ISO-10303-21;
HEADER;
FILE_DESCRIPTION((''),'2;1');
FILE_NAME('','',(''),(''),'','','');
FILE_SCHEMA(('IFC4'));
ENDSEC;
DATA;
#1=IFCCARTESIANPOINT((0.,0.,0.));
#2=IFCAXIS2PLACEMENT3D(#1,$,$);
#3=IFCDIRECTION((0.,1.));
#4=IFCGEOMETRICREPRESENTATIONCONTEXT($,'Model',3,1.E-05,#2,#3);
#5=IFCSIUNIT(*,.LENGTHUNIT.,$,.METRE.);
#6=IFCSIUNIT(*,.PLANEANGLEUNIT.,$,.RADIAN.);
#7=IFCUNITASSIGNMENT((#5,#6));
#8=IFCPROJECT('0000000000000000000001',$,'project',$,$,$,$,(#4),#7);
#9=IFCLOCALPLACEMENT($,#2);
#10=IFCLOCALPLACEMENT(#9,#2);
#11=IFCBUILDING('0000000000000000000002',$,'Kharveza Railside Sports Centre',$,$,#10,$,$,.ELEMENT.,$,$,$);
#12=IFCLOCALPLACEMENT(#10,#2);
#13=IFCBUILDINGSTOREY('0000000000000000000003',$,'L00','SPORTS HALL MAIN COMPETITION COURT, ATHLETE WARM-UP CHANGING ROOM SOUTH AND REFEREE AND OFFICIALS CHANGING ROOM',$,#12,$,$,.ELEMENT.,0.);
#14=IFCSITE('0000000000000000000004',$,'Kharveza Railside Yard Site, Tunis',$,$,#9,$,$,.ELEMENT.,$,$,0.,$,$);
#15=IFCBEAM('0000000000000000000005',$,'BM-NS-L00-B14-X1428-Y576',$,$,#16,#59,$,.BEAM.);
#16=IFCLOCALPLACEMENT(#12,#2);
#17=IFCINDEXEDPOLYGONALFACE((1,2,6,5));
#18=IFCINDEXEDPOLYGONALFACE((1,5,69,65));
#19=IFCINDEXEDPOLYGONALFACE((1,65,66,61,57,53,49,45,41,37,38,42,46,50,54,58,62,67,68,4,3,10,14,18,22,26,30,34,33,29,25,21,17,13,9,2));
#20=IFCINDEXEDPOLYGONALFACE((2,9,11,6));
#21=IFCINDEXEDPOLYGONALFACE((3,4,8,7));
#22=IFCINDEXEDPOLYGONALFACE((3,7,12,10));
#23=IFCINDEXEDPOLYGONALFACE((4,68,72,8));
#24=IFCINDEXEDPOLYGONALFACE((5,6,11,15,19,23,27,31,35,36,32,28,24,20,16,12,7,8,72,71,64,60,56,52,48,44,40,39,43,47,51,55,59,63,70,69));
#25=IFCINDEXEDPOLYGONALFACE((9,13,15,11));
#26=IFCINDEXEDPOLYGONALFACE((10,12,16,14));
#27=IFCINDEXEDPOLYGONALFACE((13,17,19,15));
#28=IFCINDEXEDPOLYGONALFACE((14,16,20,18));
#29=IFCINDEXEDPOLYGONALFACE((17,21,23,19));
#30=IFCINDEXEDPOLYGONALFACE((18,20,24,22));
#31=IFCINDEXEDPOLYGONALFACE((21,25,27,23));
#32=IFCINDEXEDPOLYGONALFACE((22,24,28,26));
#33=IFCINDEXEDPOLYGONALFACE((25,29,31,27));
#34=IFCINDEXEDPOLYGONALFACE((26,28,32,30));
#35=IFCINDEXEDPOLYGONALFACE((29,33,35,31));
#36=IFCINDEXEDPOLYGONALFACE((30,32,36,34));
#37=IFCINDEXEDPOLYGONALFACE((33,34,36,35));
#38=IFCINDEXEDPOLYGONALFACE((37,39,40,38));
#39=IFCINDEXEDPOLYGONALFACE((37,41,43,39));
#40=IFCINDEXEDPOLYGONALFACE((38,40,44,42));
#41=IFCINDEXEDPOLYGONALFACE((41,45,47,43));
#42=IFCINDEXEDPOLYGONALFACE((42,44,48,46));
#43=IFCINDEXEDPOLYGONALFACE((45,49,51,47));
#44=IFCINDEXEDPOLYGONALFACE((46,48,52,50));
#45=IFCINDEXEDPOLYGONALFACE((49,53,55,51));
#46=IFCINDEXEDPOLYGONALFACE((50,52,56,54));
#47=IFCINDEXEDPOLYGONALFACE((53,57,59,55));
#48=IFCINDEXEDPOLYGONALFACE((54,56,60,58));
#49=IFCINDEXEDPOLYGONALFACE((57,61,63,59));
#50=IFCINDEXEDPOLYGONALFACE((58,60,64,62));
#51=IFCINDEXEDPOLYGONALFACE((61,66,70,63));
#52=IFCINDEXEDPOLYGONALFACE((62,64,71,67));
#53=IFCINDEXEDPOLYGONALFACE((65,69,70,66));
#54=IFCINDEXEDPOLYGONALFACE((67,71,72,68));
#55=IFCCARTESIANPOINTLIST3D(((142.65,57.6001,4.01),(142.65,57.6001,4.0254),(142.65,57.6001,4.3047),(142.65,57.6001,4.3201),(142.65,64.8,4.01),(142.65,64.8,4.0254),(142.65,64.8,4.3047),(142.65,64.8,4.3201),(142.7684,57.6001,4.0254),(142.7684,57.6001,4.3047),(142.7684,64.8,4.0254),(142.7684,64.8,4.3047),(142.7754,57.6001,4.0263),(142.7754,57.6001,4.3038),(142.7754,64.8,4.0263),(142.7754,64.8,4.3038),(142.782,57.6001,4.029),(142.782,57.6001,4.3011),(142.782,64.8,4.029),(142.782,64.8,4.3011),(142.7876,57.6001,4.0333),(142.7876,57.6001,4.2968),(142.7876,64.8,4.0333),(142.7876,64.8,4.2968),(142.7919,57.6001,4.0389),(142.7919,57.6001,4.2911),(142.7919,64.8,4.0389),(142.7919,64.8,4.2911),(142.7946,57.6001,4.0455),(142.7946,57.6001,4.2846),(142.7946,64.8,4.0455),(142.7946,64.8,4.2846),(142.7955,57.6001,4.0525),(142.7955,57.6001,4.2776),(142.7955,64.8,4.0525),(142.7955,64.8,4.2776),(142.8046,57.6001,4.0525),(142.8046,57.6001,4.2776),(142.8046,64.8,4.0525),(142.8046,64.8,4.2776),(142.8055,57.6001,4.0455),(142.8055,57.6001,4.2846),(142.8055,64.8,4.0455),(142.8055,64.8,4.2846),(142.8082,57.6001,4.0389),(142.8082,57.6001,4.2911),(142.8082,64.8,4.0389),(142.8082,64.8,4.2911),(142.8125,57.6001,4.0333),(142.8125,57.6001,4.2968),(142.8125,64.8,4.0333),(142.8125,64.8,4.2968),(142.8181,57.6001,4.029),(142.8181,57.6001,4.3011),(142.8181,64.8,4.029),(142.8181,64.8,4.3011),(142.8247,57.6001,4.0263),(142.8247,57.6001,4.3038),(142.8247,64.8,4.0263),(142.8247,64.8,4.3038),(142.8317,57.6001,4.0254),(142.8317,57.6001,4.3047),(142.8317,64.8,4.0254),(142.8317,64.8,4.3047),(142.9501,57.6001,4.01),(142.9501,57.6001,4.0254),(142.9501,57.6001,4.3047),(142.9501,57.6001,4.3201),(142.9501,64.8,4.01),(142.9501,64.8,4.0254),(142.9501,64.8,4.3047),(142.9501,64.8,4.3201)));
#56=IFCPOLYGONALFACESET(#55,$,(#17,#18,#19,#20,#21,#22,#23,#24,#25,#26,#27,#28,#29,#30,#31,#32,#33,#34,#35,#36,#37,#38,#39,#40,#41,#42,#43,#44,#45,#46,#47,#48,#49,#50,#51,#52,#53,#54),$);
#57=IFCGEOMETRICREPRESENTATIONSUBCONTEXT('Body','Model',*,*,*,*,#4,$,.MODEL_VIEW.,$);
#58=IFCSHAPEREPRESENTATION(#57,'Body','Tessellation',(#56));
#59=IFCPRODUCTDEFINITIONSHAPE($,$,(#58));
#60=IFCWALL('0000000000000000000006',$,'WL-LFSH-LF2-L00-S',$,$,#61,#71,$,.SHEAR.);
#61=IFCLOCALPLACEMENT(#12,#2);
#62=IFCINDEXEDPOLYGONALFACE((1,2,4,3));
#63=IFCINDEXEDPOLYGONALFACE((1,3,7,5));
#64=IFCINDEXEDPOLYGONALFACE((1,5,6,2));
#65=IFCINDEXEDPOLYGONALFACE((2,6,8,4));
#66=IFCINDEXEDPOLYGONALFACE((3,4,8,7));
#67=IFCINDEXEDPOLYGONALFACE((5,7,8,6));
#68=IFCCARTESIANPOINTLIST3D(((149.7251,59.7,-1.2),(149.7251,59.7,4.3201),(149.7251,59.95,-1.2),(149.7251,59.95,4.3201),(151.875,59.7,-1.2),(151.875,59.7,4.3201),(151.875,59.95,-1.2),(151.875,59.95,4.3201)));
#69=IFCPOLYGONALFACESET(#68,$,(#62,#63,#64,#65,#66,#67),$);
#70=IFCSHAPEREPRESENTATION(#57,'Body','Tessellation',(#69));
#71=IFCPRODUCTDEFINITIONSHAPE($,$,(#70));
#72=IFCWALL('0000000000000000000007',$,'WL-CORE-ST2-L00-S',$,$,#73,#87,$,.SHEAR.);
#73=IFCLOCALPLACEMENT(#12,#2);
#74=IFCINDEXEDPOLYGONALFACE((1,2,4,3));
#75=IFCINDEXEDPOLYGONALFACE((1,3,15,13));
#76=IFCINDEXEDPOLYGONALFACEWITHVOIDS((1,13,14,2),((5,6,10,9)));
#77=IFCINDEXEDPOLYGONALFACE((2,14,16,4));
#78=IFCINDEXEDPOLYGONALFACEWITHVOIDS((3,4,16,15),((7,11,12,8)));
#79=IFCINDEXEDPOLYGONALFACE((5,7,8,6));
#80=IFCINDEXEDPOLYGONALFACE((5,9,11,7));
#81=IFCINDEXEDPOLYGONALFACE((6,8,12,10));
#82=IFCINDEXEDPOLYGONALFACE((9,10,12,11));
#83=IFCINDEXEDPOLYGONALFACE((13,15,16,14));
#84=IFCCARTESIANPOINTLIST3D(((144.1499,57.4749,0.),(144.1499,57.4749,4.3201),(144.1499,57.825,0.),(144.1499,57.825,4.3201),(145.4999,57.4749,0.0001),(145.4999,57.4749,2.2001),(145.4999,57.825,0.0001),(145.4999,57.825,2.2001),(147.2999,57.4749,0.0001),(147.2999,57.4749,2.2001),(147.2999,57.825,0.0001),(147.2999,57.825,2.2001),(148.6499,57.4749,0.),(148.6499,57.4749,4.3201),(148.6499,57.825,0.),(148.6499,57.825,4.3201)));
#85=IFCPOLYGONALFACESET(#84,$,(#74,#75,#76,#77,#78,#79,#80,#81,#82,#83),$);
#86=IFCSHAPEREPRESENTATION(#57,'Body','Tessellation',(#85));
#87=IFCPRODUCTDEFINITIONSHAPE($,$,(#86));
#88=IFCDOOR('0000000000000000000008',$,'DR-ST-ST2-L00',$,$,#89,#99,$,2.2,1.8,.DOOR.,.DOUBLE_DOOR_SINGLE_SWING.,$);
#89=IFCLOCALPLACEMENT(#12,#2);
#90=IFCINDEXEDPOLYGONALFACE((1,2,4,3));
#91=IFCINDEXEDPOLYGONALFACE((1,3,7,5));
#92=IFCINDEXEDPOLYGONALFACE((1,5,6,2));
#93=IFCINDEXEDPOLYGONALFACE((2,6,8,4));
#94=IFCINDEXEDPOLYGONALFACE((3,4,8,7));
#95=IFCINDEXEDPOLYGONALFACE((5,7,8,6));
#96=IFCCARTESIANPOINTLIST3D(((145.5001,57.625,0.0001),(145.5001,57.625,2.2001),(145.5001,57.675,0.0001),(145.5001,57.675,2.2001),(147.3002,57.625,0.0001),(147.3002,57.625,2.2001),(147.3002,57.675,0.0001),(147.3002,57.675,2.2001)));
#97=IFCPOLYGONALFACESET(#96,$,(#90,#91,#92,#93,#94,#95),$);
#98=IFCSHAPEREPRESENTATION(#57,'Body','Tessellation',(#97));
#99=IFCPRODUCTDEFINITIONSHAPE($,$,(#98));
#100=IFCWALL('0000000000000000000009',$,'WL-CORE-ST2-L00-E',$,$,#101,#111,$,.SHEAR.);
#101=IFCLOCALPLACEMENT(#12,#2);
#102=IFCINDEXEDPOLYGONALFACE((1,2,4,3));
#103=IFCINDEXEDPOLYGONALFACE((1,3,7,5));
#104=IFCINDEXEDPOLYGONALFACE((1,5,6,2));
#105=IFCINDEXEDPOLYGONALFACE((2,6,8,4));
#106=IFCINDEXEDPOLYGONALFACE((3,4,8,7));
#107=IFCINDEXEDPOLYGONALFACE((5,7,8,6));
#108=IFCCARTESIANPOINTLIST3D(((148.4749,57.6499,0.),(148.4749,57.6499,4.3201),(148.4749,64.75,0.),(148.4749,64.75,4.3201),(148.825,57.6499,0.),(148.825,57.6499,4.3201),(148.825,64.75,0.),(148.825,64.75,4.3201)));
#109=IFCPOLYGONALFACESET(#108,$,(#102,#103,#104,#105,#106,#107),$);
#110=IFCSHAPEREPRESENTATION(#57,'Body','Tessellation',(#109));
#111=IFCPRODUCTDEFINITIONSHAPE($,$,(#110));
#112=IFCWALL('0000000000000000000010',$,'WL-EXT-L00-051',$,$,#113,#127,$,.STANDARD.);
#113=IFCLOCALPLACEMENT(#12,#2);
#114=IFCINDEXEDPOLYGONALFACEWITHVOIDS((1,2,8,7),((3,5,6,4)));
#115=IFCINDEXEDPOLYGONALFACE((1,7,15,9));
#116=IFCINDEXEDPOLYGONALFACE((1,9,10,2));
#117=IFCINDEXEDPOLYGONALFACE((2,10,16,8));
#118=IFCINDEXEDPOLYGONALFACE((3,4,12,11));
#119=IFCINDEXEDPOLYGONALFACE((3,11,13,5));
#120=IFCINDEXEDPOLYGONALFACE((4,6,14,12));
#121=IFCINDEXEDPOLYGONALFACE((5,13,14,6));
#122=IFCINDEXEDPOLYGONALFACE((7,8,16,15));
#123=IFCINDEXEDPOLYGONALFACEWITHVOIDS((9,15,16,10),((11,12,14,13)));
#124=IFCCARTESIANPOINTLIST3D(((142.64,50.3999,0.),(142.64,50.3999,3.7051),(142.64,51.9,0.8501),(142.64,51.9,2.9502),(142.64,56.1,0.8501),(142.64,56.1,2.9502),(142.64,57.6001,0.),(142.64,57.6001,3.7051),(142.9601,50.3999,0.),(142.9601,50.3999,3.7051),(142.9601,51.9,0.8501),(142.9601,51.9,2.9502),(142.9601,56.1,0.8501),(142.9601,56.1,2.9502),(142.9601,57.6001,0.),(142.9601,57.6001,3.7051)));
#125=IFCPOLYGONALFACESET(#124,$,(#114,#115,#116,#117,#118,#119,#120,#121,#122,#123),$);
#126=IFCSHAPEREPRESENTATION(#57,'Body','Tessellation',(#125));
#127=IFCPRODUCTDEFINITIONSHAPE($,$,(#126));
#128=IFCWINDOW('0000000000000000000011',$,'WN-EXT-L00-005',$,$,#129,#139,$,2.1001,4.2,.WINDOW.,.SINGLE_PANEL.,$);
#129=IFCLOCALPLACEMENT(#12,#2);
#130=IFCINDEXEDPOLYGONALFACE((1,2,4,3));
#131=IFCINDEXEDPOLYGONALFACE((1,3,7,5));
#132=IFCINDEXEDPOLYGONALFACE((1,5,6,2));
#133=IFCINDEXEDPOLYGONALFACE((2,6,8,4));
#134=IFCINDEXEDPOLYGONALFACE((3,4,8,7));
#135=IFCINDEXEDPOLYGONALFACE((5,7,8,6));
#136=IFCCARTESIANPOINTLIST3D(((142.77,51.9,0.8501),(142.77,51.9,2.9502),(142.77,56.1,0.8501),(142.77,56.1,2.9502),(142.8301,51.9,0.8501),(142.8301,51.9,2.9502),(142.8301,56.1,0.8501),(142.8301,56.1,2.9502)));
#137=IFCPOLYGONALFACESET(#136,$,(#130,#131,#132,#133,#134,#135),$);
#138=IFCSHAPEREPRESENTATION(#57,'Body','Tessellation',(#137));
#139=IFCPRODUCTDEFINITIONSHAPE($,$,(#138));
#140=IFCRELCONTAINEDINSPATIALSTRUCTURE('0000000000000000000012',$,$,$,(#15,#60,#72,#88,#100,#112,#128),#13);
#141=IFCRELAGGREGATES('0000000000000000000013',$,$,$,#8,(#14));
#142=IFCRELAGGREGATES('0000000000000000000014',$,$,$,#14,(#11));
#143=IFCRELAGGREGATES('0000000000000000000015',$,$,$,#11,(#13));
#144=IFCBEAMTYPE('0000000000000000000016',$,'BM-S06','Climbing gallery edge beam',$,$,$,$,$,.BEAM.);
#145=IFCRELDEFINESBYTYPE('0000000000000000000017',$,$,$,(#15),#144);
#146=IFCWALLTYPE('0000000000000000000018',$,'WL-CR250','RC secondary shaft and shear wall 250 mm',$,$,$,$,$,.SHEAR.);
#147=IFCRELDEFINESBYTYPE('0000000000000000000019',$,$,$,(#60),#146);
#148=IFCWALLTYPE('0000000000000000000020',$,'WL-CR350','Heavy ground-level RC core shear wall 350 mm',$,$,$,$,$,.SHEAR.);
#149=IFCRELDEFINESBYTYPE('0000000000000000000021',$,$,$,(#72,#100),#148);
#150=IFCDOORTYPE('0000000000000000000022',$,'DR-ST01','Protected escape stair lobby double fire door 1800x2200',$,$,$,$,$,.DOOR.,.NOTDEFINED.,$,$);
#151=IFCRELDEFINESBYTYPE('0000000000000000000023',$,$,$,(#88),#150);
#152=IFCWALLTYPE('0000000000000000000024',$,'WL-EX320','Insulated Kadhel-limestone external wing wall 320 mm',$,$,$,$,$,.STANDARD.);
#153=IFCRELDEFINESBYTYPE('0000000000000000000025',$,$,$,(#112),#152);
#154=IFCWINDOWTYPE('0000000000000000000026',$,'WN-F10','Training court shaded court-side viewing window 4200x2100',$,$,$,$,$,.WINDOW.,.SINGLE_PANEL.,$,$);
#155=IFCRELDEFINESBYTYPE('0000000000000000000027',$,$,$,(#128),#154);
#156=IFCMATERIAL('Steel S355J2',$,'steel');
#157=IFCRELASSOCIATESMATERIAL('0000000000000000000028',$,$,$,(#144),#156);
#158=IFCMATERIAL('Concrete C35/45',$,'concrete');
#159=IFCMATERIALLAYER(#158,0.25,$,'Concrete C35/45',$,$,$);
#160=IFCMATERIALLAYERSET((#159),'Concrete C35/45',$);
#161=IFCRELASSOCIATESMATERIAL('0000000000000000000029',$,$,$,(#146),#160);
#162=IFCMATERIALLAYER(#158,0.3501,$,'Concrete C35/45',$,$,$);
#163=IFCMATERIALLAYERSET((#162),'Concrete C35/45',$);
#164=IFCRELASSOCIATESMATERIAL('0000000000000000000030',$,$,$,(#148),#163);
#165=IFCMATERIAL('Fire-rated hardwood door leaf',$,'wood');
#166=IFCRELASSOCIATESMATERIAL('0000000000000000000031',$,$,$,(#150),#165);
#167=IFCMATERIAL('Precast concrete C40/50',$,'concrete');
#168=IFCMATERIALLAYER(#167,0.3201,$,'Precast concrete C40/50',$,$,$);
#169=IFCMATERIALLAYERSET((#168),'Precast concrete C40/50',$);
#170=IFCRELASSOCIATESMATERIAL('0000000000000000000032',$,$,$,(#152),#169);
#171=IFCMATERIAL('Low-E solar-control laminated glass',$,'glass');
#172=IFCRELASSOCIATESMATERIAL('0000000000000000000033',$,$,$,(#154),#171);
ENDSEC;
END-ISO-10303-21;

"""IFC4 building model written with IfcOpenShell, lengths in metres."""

from ifc_helpers import new_model, si_unit, direction, frame, frame_2d, origin, origin_2d, place, context, subcontext, project, spatial, rectangle, i_section, extrude, material, layer, layer_set, material_profile, profile_set, type_object, element, fill, save


model = new_model("IFC4")

# Units and contexts
model_context = context("Model", 3, precision=1e-05, world=origin(), true_north=direction((0.0, 1.0)))
body_context = subcontext(model_context, "Body", "Model", "MODEL_VIEW")
ifc_project = project(units=[si_unit("LENGTHUNIT", "METRE"), si_unit("PLANEANGLEUNIT", "RADIAN")], contexts=[model_context])

# Site, building, storey
site_placement = place(None, origin())
site = spatial("IfcSite", under=ifc_project, at=site_placement, Name="Kharveza Railside Yard Site, Tunis", CompositionType="ELEMENT", RefElevation=0.0)
building_placement = place(site_placement, origin())
building = spatial("IfcBuilding", under=site, at=building_placement, Name="Kharveza Railside Sports Centre", CompositionType="ELEMENT")
storey_placement = place(building_placement, origin())
storey = spatial("IfcBuildingStorey", under=building, at=storey_placement, Name="L00", Description="SPORTS HALL MAIN COMPETITION COURT, ATHLETE WARM-UP CHANGING ROOM SOUTH AND REFEREE AND OFFICIALS CHANGING ROOM", CompositionType="ELEMENT", Elevation=0.0)

# Shared definitions
ifc_material_1 = material(Name="Concrete C35/45", Category="concrete")

# Shared definitions
ifc_material_2 = material(Name="Steel S355J2", Category="steel")

# Beam
ifc_material_profile_1 = material_profile(ifc_material_2, i_section(OverallWidth=0.3, OverallDepth=0.3101, WebThickness=0.009, FlangeThickness=0.0154, FilletRadius=0.0271, at=origin_2d()), Name="HEA 320")
ifc_profile_set_1 = profile_set([ifc_material_profile_1], Name="Steel S355J2")
beam_type_1 = type_object("IfcBeamType", Name="BM-S06", Description="Climbing gallery edge beam", PredefinedType="BEAM", material=ifc_profile_set_1)
beam_1_placement = place(storey_placement, frame((142.8, 57.6001, 4.165), z_axis=(0.0, 1.0, 0.0), x_axis=(-1.0, 0.0, 0.0)))
element("IfcBeam", 1, at=beam_1_placement, inside=storey, type_object=beam_type_1, Name="BM-NS-L00-B14-X1428-Y576", PredefinedType="BEAM", context=body_context, shape_type="SweptSolid", body=[
    extrude(i_section(OverallWidth=0.3, OverallDepth=0.3101, WebThickness=0.009, FlangeThickness=0.0154, FilletRadius=0.0271, at=origin_2d()), origin(), (0.0, 0.0, 1.0), 7.2),
])

# Wall
ifc_layer_1 = layer(ifc_material_1, 0.25, Name="Concrete C35/45")
ifc_layer_set_1 = layer_set([ifc_layer_1], Name="Concrete C35/45")
wall_type_1 = type_object("IfcWallType", Name="WL-CR250", Description="RC secondary shaft and shear wall 250 mm", PredefinedType="SHEAR", material=ifc_layer_set_1)
wall_1_placement = place(storey_placement, frame((149.7251, 59.825, -1.2), z_axis=(0.0, 0.0, 1.0), x_axis=(1.0, 0.0, 0.0)))
element("IfcWall", 2, at=wall_1_placement, inside=storey, type_object=wall_type_1, Name="WL-LFSH-LF2-L00-S", PredefinedType="SHEAR", context=body_context, shape_type="SweptSolid", body=[
    extrude(rectangle(XDim=2.1499, YDim=0.25, at=frame_2d((1.075, 0.0))), origin(), (0.0, 0.0, 1.0), 5.52),
])

# Wall, opening, door
ifc_layer_2 = layer(ifc_material_1, 0.3501, Name="Concrete C35/45")
ifc_layer_set_2 = layer_set([ifc_layer_2], Name="Concrete C35/45")
wall_type_2 = type_object("IfcWallType", Name="WL-CR350", Description="Heavy ground-level RC core shear wall 350 mm", PredefinedType="SHEAR", material=ifc_layer_set_2)
wall_2_placement = place(storey_placement, frame((144.1499, 57.6499, 0.0), z_axis=(0.0, 0.0, 1.0), x_axis=(1.0, 0.0, 0.0)))
wall_2 = element("IfcWall", 3, at=wall_2_placement, inside=storey, type_object=wall_type_2, Name="WL-CORE-ST2-L00-S", PredefinedType="SHEAR", context=body_context, shape_type="SweptSolid", body=[
    extrude(rectangle(XDim=4.5, YDim=0.3501, at=frame_2d((2.25, 0.0))), origin(), (0.0, 0.0, 1.0), 4.3201),
])
opening_1_placement = place(wall_2_placement, frame((1.3501, 0.0, 0.0)))
opening_1 = element("IfcOpeningElement", 4, at=opening_1_placement, cuts=wall_2, PredefinedType="OPENING", context=body_context, shape_type="SweptSolid", body=[
    extrude(rectangle(XDim=1.8, YDim=2.2, at=frame_2d((0.8999, 1.1001))), frame((0.0, 0.2, 0.0), z_axis=(0.0, -1.0, 0.0), x_axis=(1.0, 0.0, 0.0)), (0.0, 0.0, 1.0), 0.3999),
])
ifc_material_3 = material(Name="Fire-rated hardwood door leaf", Category="wood")
door_type = type_object("IfcDoorType", Name="DR-ST01", Description="Protected escape stair lobby double fire door 1800x2200", OperationType="NOTDEFINED", PredefinedType="DOOR", material=ifc_material_3)
door_placement = place(opening_1_placement, frame((1.8, 0.0, 0.0), z_axis=(0.0, 0.0, 1.0), x_axis=(-1.0, 0.0, 0.0)))
door = element("IfcDoor", 5, at=door_placement, inside=storey, type_object=door_type, Name="DR-ST-ST2-L00", OperationType="DOUBLE_DOOR_SINGLE_SWING", OverallHeight=2.2, OverallWidth=1.8, PredefinedType="DOOR", context=body_context, shape_type="SweptSolid", body=[
    extrude(rectangle(XDim=1.8, YDim=2.2, at=frame_2d((0.8999, 1.1001))), frame((0.0, 0.0249, 0.0), z_axis=(0.0, -1.0, 0.0), x_axis=(1.0, 0.0, 0.0)), (0.0, 0.0, 1.0), 0.05),
])
fill(opening_1, door)

# Wall
wall_3_placement = place(storey_placement, frame((148.6499, 57.6499, 0.0), z_axis=(0.0, 0.0, 1.0), x_axis=(0.0, 1.0, 0.0)))
element("IfcWall", 6, at=wall_3_placement, inside=storey, type_object=wall_type_2, Name="WL-CORE-ST2-L00-E", PredefinedType="SHEAR", context=body_context, shape_type="SweptSolid", body=[
    extrude(rectangle(XDim=7.1001, YDim=0.3501, at=frame_2d((3.55, 0.0))), origin(), (0.0, 0.0, 1.0), 4.3201),
])

# Wall, opening, window
ifc_material_4 = material(Name="Precast concrete C40/50", Category="concrete")
ifc_layer_3 = layer(ifc_material_4, 0.3201, Name="Precast concrete C40/50")
ifc_layer_set_3 = layer_set([ifc_layer_3], Name="Precast concrete C40/50")
wall_type_3 = type_object("IfcWallType", Name="WL-EX320", Description="Insulated Kadhel-limestone external wing wall 320 mm", PredefinedType="STANDARD", material=ifc_layer_set_3)
wall_4_placement = place(storey_placement, frame((142.8, 57.6001, 0.0), z_axis=(0.0, 0.0, 1.0), x_axis=(0.0, -1.0, 0.0)))
wall_4 = element("IfcWall", 7, at=wall_4_placement, inside=storey, type_object=wall_type_3, Name="WL-EXT-L00-051", PredefinedType="STANDARD", context=body_context, shape_type="SweptSolid", body=[
    extrude(rectangle(XDim=7.2002, YDim=0.3201, at=frame_2d((3.6001, 0.0))), origin(), (0.0, 0.0, 1.0), 3.7051),
])
opening_2_placement = place(wall_4_placement, frame((1.5, 0.0, 0.8501)))
opening_2 = element("IfcOpeningElement", 8, at=opening_2_placement, cuts=wall_4, PredefinedType="OPENING", context=body_context, shape_type="SweptSolid", body=[
    extrude(rectangle(XDim=4.2, YDim=2.1001, at=frame_2d((2.1001, 1.05))), frame((0.0, 0.1851, 0.0), z_axis=(0.0, -1.0, 0.0), x_axis=(1.0, 0.0, 0.0)), (0.0, 0.0, 1.0), 0.3699),
])
ifc_material_5 = material(Name="Low-E solar-control laminated glass", Category="glass")
window_type = type_object("IfcWindowType", Name="WN-F10", Description="Training court shaded court-side viewing window 4200x2100", PartitioningType="SINGLE_PANEL", PredefinedType="WINDOW", material=ifc_material_5)
window_placement = place(opening_2_placement, origin())
window = element("IfcWindow", 9, at=window_placement, inside=storey, type_object=window_type, Name="WN-EXT-L00-005", OverallHeight=2.1001, OverallWidth=4.2, PartitioningType="SINGLE_PANEL", PredefinedType="WINDOW", context=body_context, shape_type="SweptSolid", body=[
    extrude(rectangle(XDim=4.2, YDim=2.1001, at=frame_2d((2.1001, 1.05))), frame((0.0, 0.03, 0.0), z_axis=(0.0, -1.0, 0.0), x_axis=(1.0, 0.0, 0.0)), (0.0, 0.0, 1.0), 0.0601),
])
fill(opening_2, window)

save(model, "model.ifc")
